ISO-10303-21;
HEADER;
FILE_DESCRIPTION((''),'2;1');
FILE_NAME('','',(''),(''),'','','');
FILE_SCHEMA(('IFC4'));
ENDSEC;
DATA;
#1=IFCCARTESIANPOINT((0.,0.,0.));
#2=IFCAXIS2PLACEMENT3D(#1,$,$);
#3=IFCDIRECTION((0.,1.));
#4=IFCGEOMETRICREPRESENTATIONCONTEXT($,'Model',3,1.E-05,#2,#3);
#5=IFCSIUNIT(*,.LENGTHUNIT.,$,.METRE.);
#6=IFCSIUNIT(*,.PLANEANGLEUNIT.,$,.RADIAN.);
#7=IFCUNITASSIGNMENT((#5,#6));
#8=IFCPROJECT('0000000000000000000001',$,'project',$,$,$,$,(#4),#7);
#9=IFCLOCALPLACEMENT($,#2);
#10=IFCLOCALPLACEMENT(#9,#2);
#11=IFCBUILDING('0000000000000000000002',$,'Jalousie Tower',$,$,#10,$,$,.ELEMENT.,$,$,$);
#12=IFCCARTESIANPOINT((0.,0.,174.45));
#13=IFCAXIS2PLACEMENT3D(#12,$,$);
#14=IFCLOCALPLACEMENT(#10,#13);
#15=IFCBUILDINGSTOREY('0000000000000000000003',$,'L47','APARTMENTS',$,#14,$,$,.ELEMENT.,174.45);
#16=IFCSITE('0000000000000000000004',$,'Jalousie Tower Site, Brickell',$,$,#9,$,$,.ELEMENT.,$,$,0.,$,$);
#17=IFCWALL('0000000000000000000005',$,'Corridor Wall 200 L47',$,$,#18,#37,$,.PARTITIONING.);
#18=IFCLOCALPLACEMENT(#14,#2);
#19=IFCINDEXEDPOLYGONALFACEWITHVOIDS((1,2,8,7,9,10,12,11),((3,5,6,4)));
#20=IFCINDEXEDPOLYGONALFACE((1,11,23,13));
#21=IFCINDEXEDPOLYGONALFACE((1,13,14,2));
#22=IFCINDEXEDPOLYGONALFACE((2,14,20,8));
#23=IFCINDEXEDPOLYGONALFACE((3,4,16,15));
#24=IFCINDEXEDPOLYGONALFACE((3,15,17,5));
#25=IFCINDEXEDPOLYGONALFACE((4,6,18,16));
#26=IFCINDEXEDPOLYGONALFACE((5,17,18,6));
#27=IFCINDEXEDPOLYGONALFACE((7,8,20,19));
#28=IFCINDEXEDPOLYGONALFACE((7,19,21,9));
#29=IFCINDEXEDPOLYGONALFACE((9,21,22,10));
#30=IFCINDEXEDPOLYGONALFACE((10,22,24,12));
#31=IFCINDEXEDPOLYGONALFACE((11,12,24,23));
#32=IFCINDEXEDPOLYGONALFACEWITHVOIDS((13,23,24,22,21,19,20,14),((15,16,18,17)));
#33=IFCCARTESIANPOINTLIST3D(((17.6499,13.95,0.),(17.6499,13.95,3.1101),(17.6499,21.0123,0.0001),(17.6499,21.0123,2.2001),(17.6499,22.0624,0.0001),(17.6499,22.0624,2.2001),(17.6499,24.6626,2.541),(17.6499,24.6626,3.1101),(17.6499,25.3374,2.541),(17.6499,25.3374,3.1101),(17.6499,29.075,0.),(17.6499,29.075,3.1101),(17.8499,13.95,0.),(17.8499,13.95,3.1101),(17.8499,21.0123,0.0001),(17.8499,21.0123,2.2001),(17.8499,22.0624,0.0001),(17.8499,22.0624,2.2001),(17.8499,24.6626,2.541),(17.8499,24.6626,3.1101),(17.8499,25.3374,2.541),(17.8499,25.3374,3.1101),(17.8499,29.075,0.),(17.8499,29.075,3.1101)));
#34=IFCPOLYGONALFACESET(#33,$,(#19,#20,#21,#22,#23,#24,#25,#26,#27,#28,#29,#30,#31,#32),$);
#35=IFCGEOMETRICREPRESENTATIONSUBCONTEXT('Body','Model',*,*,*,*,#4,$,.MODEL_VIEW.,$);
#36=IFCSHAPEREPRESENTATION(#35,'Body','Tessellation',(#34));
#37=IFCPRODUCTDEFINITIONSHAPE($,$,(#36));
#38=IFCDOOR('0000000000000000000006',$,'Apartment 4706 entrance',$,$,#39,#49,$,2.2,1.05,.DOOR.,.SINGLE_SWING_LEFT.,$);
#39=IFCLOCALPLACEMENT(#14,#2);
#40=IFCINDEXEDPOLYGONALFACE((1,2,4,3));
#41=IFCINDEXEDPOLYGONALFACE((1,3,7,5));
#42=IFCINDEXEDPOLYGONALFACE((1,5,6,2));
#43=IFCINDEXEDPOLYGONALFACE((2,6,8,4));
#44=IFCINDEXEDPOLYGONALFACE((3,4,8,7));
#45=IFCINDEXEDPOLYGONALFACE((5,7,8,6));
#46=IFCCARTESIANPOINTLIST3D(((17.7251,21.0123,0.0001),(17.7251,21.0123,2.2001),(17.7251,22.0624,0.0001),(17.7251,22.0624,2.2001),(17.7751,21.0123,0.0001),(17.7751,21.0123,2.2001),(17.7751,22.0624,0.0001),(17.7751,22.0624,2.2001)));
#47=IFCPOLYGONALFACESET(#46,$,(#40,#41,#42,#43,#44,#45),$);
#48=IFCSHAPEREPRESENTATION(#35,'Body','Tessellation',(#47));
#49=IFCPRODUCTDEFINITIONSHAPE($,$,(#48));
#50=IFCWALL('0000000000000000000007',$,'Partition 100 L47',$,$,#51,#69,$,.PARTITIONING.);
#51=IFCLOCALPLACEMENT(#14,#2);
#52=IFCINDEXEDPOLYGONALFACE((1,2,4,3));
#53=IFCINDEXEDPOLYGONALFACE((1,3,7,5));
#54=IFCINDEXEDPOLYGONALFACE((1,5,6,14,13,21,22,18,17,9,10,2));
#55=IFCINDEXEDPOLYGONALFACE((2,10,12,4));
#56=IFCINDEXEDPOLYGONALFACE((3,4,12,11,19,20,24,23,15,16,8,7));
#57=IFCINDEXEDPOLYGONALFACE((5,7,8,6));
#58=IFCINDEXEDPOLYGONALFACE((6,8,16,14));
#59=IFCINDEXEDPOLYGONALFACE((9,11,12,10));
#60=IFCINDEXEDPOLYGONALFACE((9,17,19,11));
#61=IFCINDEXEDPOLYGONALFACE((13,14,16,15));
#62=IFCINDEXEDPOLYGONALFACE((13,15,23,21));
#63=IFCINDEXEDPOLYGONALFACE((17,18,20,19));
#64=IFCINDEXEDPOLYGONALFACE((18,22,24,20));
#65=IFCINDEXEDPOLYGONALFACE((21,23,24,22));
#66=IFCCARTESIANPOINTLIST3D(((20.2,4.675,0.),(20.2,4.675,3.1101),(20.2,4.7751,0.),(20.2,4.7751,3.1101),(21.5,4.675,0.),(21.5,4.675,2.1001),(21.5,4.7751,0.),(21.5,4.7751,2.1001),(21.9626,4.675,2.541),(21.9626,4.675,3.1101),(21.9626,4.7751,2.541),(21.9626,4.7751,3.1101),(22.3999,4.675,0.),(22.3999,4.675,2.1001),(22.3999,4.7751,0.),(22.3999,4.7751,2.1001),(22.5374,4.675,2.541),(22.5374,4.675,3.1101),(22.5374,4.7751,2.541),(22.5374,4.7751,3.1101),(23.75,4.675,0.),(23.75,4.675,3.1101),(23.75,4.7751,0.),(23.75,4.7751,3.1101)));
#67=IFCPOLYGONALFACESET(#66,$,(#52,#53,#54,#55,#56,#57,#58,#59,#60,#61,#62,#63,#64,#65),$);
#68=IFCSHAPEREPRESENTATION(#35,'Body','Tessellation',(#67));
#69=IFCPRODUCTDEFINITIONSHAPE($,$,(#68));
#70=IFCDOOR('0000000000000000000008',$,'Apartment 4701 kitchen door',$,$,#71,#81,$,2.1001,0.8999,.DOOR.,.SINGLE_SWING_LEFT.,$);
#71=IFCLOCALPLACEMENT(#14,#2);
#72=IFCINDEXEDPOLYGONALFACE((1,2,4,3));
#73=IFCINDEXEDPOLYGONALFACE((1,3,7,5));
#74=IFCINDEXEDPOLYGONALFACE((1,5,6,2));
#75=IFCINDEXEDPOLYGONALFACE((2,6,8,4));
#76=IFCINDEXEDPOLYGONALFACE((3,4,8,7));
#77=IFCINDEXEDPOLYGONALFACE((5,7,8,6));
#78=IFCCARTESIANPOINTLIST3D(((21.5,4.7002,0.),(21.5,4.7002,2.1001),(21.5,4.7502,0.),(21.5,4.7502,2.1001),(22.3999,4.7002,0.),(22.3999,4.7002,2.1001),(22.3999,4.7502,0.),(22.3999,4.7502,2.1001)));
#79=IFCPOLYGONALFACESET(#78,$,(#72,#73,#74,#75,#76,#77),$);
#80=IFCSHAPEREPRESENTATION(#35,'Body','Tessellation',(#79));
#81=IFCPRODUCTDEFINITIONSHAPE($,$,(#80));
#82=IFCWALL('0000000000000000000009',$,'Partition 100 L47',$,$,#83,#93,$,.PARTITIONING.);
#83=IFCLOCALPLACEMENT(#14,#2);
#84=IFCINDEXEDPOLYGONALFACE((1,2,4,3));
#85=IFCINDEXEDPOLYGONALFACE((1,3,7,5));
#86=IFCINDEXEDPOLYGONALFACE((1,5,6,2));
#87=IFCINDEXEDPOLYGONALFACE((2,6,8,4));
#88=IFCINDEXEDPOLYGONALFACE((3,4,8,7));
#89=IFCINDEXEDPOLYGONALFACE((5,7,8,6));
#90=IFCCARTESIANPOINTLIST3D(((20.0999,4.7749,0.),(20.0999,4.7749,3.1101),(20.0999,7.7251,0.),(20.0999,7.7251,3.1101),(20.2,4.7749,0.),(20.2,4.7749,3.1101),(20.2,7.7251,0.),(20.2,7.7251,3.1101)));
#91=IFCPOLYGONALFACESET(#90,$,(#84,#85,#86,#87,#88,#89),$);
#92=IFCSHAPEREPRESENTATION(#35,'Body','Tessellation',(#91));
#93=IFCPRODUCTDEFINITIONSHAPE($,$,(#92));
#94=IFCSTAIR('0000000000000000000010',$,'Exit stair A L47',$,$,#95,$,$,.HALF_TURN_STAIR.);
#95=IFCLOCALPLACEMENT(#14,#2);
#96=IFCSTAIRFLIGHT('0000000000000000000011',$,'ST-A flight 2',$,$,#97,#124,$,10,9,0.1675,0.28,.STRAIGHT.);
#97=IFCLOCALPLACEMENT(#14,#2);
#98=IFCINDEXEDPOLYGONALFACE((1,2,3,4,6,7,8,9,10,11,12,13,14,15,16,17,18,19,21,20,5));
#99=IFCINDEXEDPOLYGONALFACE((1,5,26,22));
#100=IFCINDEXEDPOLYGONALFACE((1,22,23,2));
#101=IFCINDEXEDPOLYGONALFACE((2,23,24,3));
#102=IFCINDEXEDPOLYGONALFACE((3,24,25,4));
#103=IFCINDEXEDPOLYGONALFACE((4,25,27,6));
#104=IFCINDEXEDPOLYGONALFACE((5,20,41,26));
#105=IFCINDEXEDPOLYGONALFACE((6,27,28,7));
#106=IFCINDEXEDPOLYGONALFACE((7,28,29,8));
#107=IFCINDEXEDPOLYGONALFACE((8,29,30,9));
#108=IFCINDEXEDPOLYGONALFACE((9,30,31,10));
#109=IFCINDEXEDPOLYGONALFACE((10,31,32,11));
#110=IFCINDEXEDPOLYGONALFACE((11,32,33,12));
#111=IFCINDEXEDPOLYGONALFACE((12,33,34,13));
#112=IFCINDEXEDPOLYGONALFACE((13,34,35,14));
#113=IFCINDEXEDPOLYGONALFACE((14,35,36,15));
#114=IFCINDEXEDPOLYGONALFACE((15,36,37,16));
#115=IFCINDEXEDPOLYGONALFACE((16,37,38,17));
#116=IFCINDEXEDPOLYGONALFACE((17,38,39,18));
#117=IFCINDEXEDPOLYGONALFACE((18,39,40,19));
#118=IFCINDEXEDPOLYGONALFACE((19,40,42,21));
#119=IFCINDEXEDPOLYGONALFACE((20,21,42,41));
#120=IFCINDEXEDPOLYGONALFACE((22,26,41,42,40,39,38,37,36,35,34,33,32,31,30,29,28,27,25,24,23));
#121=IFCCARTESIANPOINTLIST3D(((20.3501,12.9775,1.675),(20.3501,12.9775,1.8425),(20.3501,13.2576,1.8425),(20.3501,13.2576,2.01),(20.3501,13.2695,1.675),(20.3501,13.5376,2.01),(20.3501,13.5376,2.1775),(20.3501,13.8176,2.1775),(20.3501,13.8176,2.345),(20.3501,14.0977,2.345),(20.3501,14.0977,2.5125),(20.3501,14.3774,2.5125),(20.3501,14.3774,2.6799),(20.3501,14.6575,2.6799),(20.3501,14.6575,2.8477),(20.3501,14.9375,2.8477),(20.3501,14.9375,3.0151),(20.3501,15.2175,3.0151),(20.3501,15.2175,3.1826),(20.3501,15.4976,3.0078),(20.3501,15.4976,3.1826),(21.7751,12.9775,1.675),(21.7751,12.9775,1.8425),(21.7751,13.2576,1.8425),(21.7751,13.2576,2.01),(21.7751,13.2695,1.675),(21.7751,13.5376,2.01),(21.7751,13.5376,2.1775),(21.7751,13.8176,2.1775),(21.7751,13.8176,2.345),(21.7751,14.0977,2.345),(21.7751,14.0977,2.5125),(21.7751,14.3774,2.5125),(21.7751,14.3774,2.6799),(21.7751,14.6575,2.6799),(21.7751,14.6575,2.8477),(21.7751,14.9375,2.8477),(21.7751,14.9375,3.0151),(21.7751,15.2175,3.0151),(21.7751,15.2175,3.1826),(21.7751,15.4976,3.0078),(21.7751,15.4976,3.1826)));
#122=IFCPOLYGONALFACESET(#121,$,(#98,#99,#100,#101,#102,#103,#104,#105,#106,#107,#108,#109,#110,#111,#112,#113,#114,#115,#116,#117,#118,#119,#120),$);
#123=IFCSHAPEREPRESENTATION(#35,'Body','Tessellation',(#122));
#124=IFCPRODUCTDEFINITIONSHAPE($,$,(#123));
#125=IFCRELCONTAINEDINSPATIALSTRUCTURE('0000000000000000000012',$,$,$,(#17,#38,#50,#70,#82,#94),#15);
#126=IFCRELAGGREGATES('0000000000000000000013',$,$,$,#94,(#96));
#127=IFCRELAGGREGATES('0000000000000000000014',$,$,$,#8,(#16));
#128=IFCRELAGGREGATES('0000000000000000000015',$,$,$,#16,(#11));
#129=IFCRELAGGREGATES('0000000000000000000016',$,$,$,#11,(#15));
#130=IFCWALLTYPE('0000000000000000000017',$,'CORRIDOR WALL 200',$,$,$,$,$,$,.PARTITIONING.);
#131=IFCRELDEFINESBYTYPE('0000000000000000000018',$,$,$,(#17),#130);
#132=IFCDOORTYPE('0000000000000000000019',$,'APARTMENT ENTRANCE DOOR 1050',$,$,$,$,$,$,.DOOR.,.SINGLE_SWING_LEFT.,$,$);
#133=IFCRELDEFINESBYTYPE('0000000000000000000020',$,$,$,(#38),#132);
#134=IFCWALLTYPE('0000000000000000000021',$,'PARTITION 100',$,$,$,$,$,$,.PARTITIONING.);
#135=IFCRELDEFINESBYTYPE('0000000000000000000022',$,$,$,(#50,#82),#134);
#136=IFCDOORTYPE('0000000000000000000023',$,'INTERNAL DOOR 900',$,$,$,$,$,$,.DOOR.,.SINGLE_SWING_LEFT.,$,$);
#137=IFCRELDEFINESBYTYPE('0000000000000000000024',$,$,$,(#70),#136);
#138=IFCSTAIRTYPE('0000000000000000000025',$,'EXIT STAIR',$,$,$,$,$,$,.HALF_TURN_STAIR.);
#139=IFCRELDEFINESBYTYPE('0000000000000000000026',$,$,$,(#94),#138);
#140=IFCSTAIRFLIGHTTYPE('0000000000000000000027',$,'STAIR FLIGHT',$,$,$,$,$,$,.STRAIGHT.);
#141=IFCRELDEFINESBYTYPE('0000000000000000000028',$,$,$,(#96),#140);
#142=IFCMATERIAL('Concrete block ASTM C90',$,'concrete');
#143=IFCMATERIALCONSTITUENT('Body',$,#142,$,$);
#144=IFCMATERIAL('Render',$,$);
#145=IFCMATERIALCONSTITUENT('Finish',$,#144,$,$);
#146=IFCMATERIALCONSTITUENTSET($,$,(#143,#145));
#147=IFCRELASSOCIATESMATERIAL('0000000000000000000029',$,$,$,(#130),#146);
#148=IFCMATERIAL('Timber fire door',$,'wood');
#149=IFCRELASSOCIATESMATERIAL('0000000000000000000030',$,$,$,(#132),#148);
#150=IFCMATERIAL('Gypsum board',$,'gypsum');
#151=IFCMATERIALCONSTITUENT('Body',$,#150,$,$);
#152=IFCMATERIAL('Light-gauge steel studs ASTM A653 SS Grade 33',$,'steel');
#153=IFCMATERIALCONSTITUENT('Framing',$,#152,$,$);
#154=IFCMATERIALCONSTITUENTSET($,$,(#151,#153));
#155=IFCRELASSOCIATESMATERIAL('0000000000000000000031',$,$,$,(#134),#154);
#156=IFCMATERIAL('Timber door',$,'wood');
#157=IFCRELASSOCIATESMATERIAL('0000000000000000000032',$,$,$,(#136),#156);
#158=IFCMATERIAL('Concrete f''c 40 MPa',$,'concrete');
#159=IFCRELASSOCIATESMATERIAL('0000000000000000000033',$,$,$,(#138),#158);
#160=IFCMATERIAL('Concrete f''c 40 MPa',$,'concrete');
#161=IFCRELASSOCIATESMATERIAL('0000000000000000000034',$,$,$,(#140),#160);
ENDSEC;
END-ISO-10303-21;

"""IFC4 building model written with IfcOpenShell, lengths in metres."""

from ifc_helpers import new_model, si_unit, direction, frame, frame_2d, origin, place, context, subcontext, project, spatial, polyline, rectangle, outline, extrude, material, constituent, constituent_set, type_object, element, fill, aggregate, save


model = new_model("IFC4")

# Units and contexts
model_context = context("Model", 3, precision=1e-05, world=origin(), true_north=direction((0.0, 1.0)))
body_context = subcontext(model_context, "Body", "Model", "MODEL_VIEW")
ifc_project = project(units=[si_unit("LENGTHUNIT", "METRE"), si_unit("PLANEANGLEUNIT", "RADIAN")], contexts=[model_context])

# Site, building, storey
site_placement = place(None, origin())
site = spatial("IfcSite", under=ifc_project, at=site_placement, Name="Jalousie Tower Site, Brickell", CompositionType="ELEMENT", RefElevation=0.0)
building_placement = place(site_placement, origin())
building = spatial("IfcBuilding", under=site, at=building_placement, Name="Jalousie Tower", CompositionType="ELEMENT")
storey_placement = place(building_placement, frame((0.0, 0.0, 174.45)))
storey = spatial("IfcBuildingStorey", under=building, at=storey_placement, Name="L47", Description="APARTMENTS", CompositionType="ELEMENT", Elevation=174.45)

# Walls, openings, doors
ifc_material_1 = material(Name="Concrete block ASTM C90", Category="concrete")
ifc_constituent_1 = constituent(ifc_material_1, Name="Body")
ifc_material_2 = material(Name="Render")
ifc_constituent_2 = constituent(ifc_material_2, Name="Finish")
ifc_constituent_set_1 = constituent_set(constituents=[ifc_constituent_1, ifc_constituent_2])
wall_type_1 = type_object("IfcWallType", Name="CORRIDOR WALL 200", PredefinedType="PARTITIONING", material=ifc_constituent_set_1)
ifc_material_3 = material(Name="Timber fire door", Category="wood")
door_type_1 = type_object("IfcDoorType", Name="APARTMENT ENTRANCE DOOR 1050", OperationType="SINGLE_SWING_LEFT", PredefinedType="DOOR", material=ifc_material_3)
wall_1_placement = place(storey_placement, frame((17.75, 13.95, 0.0), z_axis=(0.0, 0.0, 1.0), x_axis=(0.0, 1.0, 0.0)))
wall_1 = element("IfcWall", 1, at=wall_1_placement, inside=storey, type_object=wall_type_1, Name="Corridor Wall 200 L47", PredefinedType="PARTITIONING", context=body_context, shape_type="SweptSolid", body=[
    extrude(outline(polyline([(0.0, 0.0), (15.125, 0.0), (15.125, 3.1101), (11.3875, 3.1101), (11.3875, 2.541), (10.7126, 2.541), (10.7126, 3.1101), (0.0, 3.1101), (0.0, 0.0)])), frame((0.0, 0.1001, 0.0), z_axis=(0.0, -1.0, 0.0), x_axis=(1.0, 0.0, 0.0)), (0.0, 0.0, 1.0), 0.2),
])
opening_1_placement = place(wall_1_placement, frame((7.0625, 0.0, 0.0)))
opening_1 = element("IfcOpeningElement", 2, at=opening_1_placement, cuts=wall_1, PredefinedType="OPENING", context=body_context, shape_type="SweptSolid", body=[
    extrude(rectangle(XDim=1.05, YDim=2.2, at=frame_2d((0.5249, 1.1001))), frame((0.0, 0.1099, 0.0), z_axis=(0.0, -1.0, 0.0), x_axis=(1.0, 0.0, 0.0)), (0.0, 0.0, 1.0), 0.22),
])
door_1_placement = place(opening_1_placement, origin())
door_1 = element("IfcDoor", 3, at=door_1_placement, inside=storey, type_object=door_type_1, Name="Apartment 4706 entrance", OperationType="SINGLE_SWING_LEFT", OverallHeight=2.2, OverallWidth=1.05, PredefinedType="DOOR", context=body_context, shape_type="SweptSolid", body=[
    extrude(rectangle(XDim=1.05, YDim=2.2, at=frame_2d((0.5249, 1.1001))), frame((0.0, 0.0249, 0.0), z_axis=(0.0, -1.0, 0.0), x_axis=(1.0, 0.0, 0.0)), (0.0, 0.0, 1.0), 0.05),
])
fill(opening_1, door_1)
ifc_material_4 = material(Name="Gypsum board", Category="gypsum")
ifc_constituent_3 = constituent(ifc_material_4, Name="Body")
ifc_material_5 = material(Name="Light-gauge steel studs ASTM A653 SS Grade 33", Category="steel")
ifc_constituent_4 = constituent(ifc_material_5, Name="Framing")
ifc_constituent_set_2 = constituent_set(constituents=[ifc_constituent_3, ifc_constituent_4])
wall_type_2 = type_object("IfcWallType", Name="PARTITION 100", PredefinedType="PARTITIONING", material=ifc_constituent_set_2)
wall_2_placement = place(storey_placement, frame((20.2, 4.7251, 0.0), z_axis=(0.0, 0.0, 1.0), x_axis=(1.0, 0.0, 0.0)))
wall_2 = element("IfcWall", 4, at=wall_2_placement, inside=storey, type_object=wall_type_2, Name="Partition 100 L47", PredefinedType="PARTITIONING", context=body_context, shape_type="SweptSolid", body=[
    extrude(outline(polyline([(0.0, 0.0), (3.55, 0.0), (3.55, 3.1101), (2.3374, 3.1101), (2.3374, 2.541), (1.7627, 2.541), (1.7627, 3.1101), (0.0, 3.1101), (0.0, 0.0)])), frame((0.0, 0.05, 0.0), z_axis=(0.0, -1.0, 0.0), x_axis=(1.0, 0.0, 0.0)), (0.0, 0.0, 1.0), 0.1001),
])
opening_2_placement = place(wall_2_placement, frame((1.3, 0.0, 0.0)))
opening_2 = element("IfcOpeningElement", 5, at=opening_2_placement, cuts=wall_2, PredefinedType="OPENING", context=body_context, shape_type="SweptSolid", body=[
    extrude(rectangle(XDim=0.8999, YDim=2.1001, at=frame_2d((0.45, 1.05))), frame((0.0, 0.0601, 0.0), z_axis=(0.0, -1.0, 0.0), x_axis=(1.0, 0.0, 0.0)), (0.0, 0.0, 1.0), 0.1201),
])
ifc_material_6 = material(Name="Timber door", Category="wood")
door_type_2 = type_object("IfcDoorType", Name="INTERNAL DOOR 900", OperationType="SINGLE_SWING_LEFT", PredefinedType="DOOR", material=ifc_material_6)
door_2_placement = place(opening_2_placement, frame((0.8999, 0.0, 0.0), z_axis=(0.0, 0.0, 1.0), x_axis=(-1.0, 0.0, 0.0)))
door_2 = element("IfcDoor", 6, at=door_2_placement, inside=storey, type_object=door_type_2, Name="Apartment 4701 kitchen door", OperationType="SINGLE_SWING_LEFT", OverallHeight=2.1001, OverallWidth=0.8999, PredefinedType="DOOR", context=body_context, shape_type="SweptSolid", body=[
    extrude(rectangle(XDim=0.8999, YDim=2.1001, at=frame_2d((0.45, 1.05))), frame((0.0, 0.0249, 0.0), z_axis=(0.0, -1.0, 0.0), x_axis=(1.0, 0.0, 0.0)), (0.0, 0.0, 1.0), 0.05),
])
fill(opening_2, door_2)

# Wall
wall_3_placement = place(storey_placement, frame((20.1499, 4.7749, 0.0), z_axis=(0.0, 0.0, 1.0), x_axis=(0.0, 1.0, 0.0)))
element("IfcWall", 7, at=wall_3_placement, inside=storey, type_object=wall_type_2, Name="Partition 100 L47", PredefinedType="PARTITIONING", context=body_context, shape_type="SweptSolid", body=[
    extrude(rectangle(XDim=2.9502, YDim=0.1001, at=frame_2d((1.4751, 0.0))), origin(), (0.0, 0.0, 1.0), 3.1101),
])

# Stair, stair flight
ifc_material_7 = material(Name="Concrete f'c 40 MPa", Category="concrete")
stair_type = type_object("IfcStairType", Name="EXIT STAIR", PredefinedType="HALF_TURN_STAIR", material=ifc_material_7)
stair_placement = place(storey_placement, origin())
stair = element("IfcStair", 8, at=stair_placement, inside=storey, type_object=stair_type, Name="Exit stair A L47", PredefinedType="HALF_TURN_STAIR")
ifc_material_8 = material(Name="Concrete f'c 40 MPa", Category="concrete")
stair_flight_type = type_object("IfcStairFlightType", Name="STAIR FLIGHT", PredefinedType="STRAIGHT", material=ifc_material_8)
stair_flight_placement = place(storey_placement, frame((21.0625, 12.9775, 1.675), z_axis=(0.0, 0.0, 1.0), x_axis=(0.0, 1.0, 0.0)))
stair_flight = element("IfcStairFlight", 9, at=stair_flight_placement, type_object=stair_flight_type, Name="ST-A flight 2", NumberOfRisers=10, NumberOfTreads=9, PredefinedType="STRAIGHT", RiserHeight=0.1675, TreadLength=0.28, context=body_context, shape_type="SweptSolid", body=[
    extrude(outline(polyline([(0.0, 0.0), (0.0, 0.1675), (0.28, 0.1675), (0.28, 0.335), (0.5601, 0.335), (0.5601, 0.5024), (0.8401, 0.5024), (0.8401, 0.6699), (1.1201, 0.6699), (1.1201, 0.8374), (1.3999, 0.8374), (1.3999, 1.0049), (1.6799, 1.0049), (1.6799, 1.1726), (1.96, 1.1726), (1.96, 1.3401), (2.24, 1.3401), (2.24, 1.5076), (2.52, 1.5076), (2.52, 1.675), (2.52, 1.3328), (0.292, 0.0), (0.0, 0.0)])), frame((0.0, 0.7124, 0.0), z_axis=(0.0, -1.0, 0.0), x_axis=(1.0, 0.0, 0.0)), (0.0, 0.0, 1.0), 1.425),
])
aggregate(stair, [stair_flight])

save(model, "model.ifc")
